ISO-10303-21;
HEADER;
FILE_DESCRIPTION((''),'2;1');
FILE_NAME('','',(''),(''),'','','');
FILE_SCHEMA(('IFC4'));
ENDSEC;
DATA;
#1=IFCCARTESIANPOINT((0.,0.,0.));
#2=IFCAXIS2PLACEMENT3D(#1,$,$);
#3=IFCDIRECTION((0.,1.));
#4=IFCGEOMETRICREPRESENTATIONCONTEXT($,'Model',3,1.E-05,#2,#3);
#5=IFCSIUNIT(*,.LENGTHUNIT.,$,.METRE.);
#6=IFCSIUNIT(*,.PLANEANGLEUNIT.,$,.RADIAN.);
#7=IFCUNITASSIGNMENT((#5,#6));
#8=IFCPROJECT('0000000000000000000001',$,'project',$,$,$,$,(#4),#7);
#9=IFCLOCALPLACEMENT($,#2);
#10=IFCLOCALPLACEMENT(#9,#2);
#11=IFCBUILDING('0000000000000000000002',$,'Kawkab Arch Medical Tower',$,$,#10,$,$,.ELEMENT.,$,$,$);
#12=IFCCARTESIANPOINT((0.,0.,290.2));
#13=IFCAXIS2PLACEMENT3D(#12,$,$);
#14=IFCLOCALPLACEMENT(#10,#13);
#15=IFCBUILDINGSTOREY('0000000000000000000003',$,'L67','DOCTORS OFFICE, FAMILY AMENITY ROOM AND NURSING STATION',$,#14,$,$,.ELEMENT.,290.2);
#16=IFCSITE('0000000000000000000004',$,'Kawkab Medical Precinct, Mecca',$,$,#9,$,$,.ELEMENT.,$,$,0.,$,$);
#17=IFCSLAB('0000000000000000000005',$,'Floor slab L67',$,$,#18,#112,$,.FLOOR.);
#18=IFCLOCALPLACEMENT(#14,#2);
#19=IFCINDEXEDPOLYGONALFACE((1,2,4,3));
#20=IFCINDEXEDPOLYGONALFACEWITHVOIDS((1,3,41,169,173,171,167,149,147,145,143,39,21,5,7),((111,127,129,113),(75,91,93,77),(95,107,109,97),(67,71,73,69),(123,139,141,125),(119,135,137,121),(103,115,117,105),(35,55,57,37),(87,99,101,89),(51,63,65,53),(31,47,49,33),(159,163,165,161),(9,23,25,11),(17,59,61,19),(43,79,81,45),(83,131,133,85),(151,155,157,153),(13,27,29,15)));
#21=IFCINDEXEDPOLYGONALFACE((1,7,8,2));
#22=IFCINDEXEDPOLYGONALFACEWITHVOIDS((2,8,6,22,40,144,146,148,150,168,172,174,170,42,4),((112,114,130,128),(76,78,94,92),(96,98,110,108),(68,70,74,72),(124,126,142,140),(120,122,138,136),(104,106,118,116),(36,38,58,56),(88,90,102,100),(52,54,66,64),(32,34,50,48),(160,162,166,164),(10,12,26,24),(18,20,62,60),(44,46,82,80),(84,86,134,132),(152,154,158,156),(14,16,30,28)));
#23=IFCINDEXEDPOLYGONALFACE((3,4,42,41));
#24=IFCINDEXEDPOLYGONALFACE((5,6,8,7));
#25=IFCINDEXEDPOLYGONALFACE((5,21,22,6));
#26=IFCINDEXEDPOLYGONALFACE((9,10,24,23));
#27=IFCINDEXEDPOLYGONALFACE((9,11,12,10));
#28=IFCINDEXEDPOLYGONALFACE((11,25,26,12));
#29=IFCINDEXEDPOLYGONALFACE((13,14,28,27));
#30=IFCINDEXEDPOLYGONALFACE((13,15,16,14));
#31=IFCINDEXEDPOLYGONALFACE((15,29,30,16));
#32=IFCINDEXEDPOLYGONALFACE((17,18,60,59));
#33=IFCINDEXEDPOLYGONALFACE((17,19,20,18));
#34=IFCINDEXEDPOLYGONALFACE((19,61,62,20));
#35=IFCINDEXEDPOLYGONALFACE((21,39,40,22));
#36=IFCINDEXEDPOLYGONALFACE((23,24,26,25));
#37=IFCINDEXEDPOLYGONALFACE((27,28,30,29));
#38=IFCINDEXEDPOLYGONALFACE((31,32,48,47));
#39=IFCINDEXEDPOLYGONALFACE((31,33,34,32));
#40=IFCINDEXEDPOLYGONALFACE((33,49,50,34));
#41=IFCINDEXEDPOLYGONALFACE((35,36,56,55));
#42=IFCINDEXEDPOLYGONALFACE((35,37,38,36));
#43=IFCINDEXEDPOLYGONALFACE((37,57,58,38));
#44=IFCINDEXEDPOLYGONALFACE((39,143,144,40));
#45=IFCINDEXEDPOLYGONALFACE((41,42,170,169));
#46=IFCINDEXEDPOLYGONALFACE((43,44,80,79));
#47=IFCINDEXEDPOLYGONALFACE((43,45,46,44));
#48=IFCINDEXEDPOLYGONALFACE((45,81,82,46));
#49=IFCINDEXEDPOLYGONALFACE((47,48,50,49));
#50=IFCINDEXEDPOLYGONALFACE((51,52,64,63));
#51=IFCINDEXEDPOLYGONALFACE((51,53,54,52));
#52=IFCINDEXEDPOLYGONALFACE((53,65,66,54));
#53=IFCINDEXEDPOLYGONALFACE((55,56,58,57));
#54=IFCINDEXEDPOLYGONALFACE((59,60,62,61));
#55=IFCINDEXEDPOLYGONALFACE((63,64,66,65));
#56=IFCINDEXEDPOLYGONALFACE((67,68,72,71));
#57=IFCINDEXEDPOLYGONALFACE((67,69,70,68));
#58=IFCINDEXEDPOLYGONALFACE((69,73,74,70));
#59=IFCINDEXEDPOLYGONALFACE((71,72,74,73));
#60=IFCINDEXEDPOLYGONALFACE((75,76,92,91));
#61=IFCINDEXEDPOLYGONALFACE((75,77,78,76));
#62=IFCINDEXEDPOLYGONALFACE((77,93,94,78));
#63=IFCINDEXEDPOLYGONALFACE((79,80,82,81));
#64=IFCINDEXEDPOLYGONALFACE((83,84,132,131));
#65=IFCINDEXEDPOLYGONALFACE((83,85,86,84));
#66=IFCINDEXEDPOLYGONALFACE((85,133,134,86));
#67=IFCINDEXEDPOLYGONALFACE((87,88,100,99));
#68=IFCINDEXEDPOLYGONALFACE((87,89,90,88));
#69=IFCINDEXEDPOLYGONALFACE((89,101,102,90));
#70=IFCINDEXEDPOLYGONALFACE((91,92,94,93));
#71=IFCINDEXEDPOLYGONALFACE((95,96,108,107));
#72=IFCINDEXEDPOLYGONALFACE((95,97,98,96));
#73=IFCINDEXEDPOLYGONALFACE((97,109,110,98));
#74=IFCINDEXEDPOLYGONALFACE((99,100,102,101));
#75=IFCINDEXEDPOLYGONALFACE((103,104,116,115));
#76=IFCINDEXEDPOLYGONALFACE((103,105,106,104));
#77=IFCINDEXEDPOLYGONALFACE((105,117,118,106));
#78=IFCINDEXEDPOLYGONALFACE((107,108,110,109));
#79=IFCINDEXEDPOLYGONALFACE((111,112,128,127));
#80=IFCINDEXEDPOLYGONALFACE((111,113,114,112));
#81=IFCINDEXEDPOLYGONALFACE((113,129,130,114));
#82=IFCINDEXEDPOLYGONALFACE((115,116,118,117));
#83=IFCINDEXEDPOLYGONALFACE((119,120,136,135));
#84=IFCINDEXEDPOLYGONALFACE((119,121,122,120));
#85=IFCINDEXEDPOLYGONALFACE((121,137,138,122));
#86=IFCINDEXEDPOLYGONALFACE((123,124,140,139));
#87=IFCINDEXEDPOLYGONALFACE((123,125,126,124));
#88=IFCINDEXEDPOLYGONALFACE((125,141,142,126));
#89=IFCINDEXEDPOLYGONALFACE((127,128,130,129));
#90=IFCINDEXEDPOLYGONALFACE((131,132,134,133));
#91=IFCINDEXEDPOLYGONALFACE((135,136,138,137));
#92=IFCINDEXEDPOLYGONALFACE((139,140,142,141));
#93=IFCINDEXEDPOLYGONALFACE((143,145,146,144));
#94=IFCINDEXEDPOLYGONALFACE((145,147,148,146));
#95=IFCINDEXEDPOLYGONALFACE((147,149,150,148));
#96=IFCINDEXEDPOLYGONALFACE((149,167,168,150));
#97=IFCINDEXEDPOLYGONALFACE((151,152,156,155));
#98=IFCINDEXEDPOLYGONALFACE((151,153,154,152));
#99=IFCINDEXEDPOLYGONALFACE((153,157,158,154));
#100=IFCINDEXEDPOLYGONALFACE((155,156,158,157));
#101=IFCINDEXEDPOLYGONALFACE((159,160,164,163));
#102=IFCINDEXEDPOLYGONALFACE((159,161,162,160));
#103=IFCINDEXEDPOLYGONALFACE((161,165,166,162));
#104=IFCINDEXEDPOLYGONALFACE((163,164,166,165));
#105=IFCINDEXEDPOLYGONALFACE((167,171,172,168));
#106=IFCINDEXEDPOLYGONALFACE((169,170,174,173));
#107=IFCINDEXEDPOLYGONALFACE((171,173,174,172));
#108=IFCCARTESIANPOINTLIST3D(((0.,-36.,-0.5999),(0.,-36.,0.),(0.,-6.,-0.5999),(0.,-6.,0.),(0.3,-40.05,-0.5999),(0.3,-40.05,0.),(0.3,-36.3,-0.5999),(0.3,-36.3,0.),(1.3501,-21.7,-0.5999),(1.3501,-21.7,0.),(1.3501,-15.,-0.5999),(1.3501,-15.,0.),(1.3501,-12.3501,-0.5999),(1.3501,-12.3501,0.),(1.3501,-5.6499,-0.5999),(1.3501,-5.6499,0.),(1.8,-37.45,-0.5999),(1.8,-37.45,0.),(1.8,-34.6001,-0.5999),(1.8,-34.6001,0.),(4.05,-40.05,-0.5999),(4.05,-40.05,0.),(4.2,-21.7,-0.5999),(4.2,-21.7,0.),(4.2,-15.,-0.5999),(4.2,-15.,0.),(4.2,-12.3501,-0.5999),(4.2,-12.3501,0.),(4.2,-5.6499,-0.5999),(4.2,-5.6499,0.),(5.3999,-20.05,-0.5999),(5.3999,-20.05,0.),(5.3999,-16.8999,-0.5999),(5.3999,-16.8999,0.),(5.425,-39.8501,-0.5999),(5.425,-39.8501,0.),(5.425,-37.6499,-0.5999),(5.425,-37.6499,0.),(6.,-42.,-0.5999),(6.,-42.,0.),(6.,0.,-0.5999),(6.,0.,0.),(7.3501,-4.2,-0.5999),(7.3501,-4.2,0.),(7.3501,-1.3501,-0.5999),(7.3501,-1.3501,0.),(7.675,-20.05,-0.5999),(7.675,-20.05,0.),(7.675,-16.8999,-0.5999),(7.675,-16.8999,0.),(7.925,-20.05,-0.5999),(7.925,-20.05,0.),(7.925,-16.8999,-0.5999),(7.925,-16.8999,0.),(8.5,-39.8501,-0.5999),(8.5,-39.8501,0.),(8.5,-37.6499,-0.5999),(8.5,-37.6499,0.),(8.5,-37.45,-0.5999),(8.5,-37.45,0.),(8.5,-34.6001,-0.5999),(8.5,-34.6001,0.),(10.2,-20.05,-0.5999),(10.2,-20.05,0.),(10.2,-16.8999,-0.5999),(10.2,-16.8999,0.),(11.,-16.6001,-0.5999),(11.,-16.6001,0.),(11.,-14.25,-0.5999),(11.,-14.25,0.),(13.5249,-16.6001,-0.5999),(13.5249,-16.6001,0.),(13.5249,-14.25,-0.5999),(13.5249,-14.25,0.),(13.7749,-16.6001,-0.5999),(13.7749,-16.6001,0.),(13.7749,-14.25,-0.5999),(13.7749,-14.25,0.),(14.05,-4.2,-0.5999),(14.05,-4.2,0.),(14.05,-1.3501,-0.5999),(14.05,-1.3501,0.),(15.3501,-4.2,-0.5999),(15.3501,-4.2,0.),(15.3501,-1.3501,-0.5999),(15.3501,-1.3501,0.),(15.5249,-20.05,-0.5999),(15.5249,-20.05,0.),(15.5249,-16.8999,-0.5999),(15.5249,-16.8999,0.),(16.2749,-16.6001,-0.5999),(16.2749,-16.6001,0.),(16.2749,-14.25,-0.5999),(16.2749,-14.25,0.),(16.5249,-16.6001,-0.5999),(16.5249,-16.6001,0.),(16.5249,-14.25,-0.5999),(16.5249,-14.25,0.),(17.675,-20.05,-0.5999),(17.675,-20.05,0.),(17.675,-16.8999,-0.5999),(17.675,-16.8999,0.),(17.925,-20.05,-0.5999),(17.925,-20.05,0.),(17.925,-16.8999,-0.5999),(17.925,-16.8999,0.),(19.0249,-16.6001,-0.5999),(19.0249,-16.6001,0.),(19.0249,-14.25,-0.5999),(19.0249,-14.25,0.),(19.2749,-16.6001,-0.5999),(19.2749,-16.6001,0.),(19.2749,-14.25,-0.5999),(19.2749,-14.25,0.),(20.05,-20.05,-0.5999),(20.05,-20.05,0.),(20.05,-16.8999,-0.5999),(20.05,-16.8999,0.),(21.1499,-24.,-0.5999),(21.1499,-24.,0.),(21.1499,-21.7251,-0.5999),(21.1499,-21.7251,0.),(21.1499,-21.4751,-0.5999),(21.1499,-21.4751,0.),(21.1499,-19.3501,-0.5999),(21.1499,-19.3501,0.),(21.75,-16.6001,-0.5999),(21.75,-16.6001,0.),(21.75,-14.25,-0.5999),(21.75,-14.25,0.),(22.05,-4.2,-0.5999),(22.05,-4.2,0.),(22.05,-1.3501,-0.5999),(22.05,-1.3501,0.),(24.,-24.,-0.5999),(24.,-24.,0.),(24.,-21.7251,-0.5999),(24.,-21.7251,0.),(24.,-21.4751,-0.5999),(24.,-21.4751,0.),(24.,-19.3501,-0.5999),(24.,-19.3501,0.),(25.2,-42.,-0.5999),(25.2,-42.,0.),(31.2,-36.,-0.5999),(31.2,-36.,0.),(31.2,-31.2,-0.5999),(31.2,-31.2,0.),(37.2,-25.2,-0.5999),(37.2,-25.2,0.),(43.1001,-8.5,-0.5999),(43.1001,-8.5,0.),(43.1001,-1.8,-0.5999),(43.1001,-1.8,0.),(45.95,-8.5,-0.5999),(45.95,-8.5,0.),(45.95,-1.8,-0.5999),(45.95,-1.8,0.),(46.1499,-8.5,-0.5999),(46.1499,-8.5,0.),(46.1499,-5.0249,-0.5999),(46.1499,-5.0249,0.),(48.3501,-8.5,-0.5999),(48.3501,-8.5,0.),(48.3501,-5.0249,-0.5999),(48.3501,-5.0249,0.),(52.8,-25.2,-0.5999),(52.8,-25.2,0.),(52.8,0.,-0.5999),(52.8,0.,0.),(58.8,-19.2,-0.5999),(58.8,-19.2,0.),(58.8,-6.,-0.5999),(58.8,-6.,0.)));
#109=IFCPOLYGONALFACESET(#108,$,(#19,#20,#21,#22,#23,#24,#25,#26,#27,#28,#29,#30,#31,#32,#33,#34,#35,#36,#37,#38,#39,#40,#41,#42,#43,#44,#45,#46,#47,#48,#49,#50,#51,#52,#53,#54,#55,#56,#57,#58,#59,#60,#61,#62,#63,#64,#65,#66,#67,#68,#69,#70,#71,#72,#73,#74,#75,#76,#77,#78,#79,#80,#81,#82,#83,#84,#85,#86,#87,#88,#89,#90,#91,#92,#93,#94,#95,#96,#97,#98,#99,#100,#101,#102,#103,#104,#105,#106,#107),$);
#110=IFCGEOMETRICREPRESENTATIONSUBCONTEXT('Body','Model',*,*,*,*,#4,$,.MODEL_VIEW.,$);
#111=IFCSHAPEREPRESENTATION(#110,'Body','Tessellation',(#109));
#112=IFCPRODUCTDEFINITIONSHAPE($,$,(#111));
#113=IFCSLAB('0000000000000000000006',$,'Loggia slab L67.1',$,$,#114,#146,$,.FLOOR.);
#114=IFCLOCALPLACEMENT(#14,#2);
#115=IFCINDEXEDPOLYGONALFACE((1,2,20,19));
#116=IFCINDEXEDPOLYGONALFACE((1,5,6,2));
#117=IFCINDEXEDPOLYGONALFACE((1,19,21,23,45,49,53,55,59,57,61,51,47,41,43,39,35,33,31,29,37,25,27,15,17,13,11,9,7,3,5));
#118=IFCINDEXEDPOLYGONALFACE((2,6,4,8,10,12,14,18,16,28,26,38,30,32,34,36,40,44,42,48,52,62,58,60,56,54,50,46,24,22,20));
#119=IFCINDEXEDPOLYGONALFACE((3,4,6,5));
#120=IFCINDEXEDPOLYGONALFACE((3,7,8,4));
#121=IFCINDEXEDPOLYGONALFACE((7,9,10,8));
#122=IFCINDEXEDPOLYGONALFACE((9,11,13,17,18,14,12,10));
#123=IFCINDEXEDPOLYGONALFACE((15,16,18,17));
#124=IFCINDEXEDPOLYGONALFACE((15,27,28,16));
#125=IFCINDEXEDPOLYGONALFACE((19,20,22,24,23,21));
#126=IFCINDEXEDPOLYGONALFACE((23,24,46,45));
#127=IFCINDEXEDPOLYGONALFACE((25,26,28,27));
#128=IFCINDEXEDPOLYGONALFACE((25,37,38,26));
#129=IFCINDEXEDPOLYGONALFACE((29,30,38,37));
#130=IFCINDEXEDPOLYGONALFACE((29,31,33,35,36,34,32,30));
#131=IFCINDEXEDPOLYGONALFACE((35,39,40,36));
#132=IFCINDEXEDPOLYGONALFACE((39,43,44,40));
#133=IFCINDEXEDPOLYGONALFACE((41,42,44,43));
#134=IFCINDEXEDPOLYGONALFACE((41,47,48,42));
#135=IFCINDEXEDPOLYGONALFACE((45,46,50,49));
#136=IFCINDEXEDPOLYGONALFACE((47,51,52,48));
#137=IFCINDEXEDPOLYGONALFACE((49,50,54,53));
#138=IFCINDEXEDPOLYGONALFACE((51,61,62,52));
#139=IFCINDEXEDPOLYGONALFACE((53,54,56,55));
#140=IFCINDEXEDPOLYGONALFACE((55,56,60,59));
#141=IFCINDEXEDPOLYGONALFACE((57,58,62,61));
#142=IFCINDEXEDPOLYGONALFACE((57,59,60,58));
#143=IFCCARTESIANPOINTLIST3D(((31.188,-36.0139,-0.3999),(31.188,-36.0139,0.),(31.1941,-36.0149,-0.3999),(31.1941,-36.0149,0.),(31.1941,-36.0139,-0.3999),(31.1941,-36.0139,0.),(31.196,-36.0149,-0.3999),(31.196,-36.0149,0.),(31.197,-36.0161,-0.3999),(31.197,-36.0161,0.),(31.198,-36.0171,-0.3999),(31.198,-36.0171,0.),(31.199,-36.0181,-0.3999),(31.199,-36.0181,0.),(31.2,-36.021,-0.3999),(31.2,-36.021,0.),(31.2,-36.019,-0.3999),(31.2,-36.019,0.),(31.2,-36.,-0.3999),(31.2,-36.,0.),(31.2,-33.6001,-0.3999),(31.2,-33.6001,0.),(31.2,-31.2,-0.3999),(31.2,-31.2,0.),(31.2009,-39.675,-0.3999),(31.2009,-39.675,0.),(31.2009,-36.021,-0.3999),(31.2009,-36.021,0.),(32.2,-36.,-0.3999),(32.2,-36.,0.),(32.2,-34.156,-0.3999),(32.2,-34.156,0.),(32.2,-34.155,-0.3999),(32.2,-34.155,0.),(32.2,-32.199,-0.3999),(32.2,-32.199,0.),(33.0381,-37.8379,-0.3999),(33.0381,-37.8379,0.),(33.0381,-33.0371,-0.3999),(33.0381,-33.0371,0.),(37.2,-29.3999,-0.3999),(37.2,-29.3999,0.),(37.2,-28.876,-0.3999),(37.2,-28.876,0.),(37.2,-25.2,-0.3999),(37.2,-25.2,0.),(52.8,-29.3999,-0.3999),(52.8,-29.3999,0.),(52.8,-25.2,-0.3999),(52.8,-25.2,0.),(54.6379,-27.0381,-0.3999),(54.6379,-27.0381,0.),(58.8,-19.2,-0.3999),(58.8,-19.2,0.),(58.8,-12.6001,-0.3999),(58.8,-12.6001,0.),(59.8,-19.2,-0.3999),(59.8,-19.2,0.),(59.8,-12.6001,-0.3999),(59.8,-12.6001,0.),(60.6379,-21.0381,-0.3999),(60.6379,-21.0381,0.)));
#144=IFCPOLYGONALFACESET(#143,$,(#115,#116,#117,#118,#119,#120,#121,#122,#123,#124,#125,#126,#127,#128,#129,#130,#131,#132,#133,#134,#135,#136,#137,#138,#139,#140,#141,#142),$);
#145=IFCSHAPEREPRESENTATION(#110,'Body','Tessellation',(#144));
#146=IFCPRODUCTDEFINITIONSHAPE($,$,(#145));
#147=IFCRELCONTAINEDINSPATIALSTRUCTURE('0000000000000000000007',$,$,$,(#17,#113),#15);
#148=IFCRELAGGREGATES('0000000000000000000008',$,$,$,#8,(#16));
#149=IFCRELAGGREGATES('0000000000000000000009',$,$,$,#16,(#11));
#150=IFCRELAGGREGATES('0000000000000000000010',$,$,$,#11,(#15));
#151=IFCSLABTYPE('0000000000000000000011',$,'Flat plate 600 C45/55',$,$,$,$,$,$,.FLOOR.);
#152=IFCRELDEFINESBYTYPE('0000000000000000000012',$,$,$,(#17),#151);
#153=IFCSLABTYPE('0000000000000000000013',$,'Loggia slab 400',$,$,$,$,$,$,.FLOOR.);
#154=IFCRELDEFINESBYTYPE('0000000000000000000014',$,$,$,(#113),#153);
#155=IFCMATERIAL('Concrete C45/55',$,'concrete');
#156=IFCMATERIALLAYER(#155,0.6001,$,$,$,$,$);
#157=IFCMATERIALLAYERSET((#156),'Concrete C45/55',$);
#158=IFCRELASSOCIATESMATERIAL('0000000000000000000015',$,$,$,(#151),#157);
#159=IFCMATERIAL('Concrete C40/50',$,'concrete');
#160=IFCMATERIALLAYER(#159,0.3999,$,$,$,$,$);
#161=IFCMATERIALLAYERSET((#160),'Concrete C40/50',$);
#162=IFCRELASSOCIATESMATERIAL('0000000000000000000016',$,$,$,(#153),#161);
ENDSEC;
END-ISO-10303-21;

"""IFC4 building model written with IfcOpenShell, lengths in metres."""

from ifc_helpers import new_model, si_unit, direction, frame, origin, place, context, subcontext, project, spatial, polyline, outline, extrude, material, layer, layer_set, type_object, element, save


model = new_model("IFC4")

# Units and contexts
model_context = context("Model", 3, precision=1e-05, world=origin(), true_north=direction((0.0, 1.0)))
body_context = subcontext(model_context, "Body", "Model", "MODEL_VIEW")
ifc_project = project(units=[si_unit("LENGTHUNIT", "METRE"), si_unit("PLANEANGLEUNIT", "RADIAN")], contexts=[model_context])

# Site, building, storey
site_placement = place(None, origin())
site = spatial("IfcSite", under=ifc_project, at=site_placement, Name="Kawkab Medical Precinct, Mecca", CompositionType="ELEMENT", RefElevation=0.0)
building_placement = place(site_placement, origin())
building = spatial("IfcBuilding", under=site, at=building_placement, Name="Kawkab Arch Medical Tower", CompositionType="ELEMENT")
storey_placement = place(building_placement, frame((0.0, 0.0, 290.2)))
storey = spatial("IfcBuildingStorey", under=building, at=storey_placement, Name="L67", Description="DOCTORS OFFICE, FAMILY AMENITY ROOM AND NURSING STATION", CompositionType="ELEMENT", Elevation=290.2)

# Slabs
ifc_material_1 = material(Name="Concrete C45/55", Category="concrete")
ifc_layer_1 = layer(ifc_material_1, 0.6001)
ifc_layer_set_1 = layer_set([ifc_layer_1], Name="Concrete C45/55")
slab_type_1 = type_object("IfcSlabType", Name="Flat plate 600 C45/55", PredefinedType="FLOOR", material=ifc_layer_set_1)
slab_1_placement = place(storey_placement, frame((0.0, 0.0, -0.5999)))
element("IfcSlab", 1, at=slab_1_placement, inside=storey, type_object=slab_type_1, Name="Floor slab L67", PredefinedType="FLOOR", context=body_context, shape_type="SweptSolid", body=[
    extrude(outline(polyline([(52.8, 0.0), (58.8, -6.0), (58.8, -19.2), (52.8, -25.2), (37.2, -25.2), (31.2, -31.2), (31.2, -36.0), (25.2, -42.0), (6.0, -42.0), (4.05, -40.05), (0.3, -40.05), (0.3, -36.3), (0.0, -36.0), (0.0, -6.0), (6.0, 0.0), (52.8, 0.0)]), holes=[polyline([(5.425, -37.6499), (5.425, -39.8501), (8.5, -39.8501), (8.5, -37.6499), (5.425, -37.6499)]), polyline([(8.5, -37.45), (8.5, -34.6001), (1.8, -34.6001), (1.8, -37.45), (8.5, -37.45)]), polyline([(5.3999, -20.05), (7.675, -20.05), (7.675, -16.8999), (5.3999, -16.8999), (5.3999, -20.05)]), polyline([(10.2, -16.8999), (7.925, -16.8999), (7.925, -20.05), (10.2, -20.05), (10.2, -16.8999)]), polyline([(4.2, -15.0), (1.3501, -15.0), (1.3501, -21.7), (4.2, -21.7), (4.2, -15.0)]), polyline([(11.0, -16.6001), (13.5249, -16.6001), (13.5249, -14.25), (11.0, -14.25), (11.0, -16.6001)]), polyline([(16.2749, -14.25), (13.7749, -14.25), (13.7749, -16.6001), (16.2749, -16.6001), (16.2749, -14.25)]), polyline([(4.2, -12.3501), (4.2, -5.6499), (1.3501, -5.6499), (1.3501, -12.3501), (4.2, -12.3501)]), polyline([(7.3501, -4.2), (14.05, -4.2), (14.05, -1.3501), (7.3501, -1.3501), (7.3501, -4.2)]), polyline([(24.0, -21.7251), (21.1499, -21.7251), (21.1499, -24.0), (24.0, -24.0), (24.0, -21.7251)]), polyline([(24.0, -19.3501), (21.1499, -19.3501), (21.1499, -21.4751), (24.0, -21.4751), (24.0, -19.3501)]), polyline([(17.675, -16.8999), (15.5249, -16.8999), (15.5249, -20.05), (17.675, -20.05), (17.675, -16.8999)]), polyline([(20.05, -16.8999), (17.925, -16.8999), (17.925, -20.05), (20.05, -20.05), (20.05, -16.8999)]), polyline([(19.0249, -16.6001), (19.0249, -14.25), (16.5249, -14.25), (16.5249, -16.6001), (19.0249, -16.6001)]), polyline([(21.75, -16.6001), (21.75, -14.25), (19.2749, -14.25), (19.2749, -16.6001), (21.75, -16.6001)]), polyline([(46.1499, -8.5), (48.3501, -8.5), (48.3501, -5.0249), (46.1499, -5.0249), (46.1499, -8.5)]), polyline([(43.1001, -1.8), (43.1001, -8.5), (45.95, -8.5), (45.95, -1.8), (43.1001, -1.8)]), polyline([(22.05, -1.3501), (15.3501, -1.3501), (15.3501, -4.2), (22.05, -4.2), (22.05, -1.3501)])]), origin(), (0.0, 0.0, 1.0), 0.5999),
])
ifc_material_2 = material(Name="Concrete C40/50", Category="concrete")
ifc_layer_2 = layer(ifc_material_2, 0.3999)
ifc_layer_set_2 = layer_set([ifc_layer_2], Name="Concrete C40/50")
slab_type_2 = type_object("IfcSlabType", Name="Loggia slab 400", PredefinedType="FLOOR", material=ifc_layer_set_2)
placement_1 = place(storey_placement, frame((0.0, 0.0, -0.3999)))
element("IfcSlab", 2, at=placement_1, inside=storey, type_object=slab_type_2, Name="Loggia slab L67.1", PredefinedType="FLOOR", context=body_context, shape_type="SweptSolid", body=[
    extrude(outline(polyline([(31.2, -36.0), (31.2, -33.6001), (31.2, -31.2), (37.2, -25.2), (52.8, -25.2), (58.8, -19.2), (58.8, -12.6001), (59.8, -12.6001), (59.8, -19.2), (60.6379, -21.0381), (54.6379, -27.0381), (52.8, -29.3999), (37.2, -29.3999), (37.2, -28.876), (33.0381, -33.0371), (32.2, -32.199), (32.2, -34.155), (32.2, -34.156), (32.2, -36.0), (33.0381, -37.8379), (31.2009, -39.675), (31.2009, -36.021), (31.2, -36.021), (31.2, -36.019), (31.199, -36.0181), (31.198, -36.0171), (31.197, -36.0161), (31.196, -36.0149), (31.1941, -36.0149), (31.1941, -36.0139), (31.188, -36.0139), (31.2, -36.0)])), origin(), (0.0, 0.0, 1.0), 0.3999),
])

save(model, "model.ifc")
